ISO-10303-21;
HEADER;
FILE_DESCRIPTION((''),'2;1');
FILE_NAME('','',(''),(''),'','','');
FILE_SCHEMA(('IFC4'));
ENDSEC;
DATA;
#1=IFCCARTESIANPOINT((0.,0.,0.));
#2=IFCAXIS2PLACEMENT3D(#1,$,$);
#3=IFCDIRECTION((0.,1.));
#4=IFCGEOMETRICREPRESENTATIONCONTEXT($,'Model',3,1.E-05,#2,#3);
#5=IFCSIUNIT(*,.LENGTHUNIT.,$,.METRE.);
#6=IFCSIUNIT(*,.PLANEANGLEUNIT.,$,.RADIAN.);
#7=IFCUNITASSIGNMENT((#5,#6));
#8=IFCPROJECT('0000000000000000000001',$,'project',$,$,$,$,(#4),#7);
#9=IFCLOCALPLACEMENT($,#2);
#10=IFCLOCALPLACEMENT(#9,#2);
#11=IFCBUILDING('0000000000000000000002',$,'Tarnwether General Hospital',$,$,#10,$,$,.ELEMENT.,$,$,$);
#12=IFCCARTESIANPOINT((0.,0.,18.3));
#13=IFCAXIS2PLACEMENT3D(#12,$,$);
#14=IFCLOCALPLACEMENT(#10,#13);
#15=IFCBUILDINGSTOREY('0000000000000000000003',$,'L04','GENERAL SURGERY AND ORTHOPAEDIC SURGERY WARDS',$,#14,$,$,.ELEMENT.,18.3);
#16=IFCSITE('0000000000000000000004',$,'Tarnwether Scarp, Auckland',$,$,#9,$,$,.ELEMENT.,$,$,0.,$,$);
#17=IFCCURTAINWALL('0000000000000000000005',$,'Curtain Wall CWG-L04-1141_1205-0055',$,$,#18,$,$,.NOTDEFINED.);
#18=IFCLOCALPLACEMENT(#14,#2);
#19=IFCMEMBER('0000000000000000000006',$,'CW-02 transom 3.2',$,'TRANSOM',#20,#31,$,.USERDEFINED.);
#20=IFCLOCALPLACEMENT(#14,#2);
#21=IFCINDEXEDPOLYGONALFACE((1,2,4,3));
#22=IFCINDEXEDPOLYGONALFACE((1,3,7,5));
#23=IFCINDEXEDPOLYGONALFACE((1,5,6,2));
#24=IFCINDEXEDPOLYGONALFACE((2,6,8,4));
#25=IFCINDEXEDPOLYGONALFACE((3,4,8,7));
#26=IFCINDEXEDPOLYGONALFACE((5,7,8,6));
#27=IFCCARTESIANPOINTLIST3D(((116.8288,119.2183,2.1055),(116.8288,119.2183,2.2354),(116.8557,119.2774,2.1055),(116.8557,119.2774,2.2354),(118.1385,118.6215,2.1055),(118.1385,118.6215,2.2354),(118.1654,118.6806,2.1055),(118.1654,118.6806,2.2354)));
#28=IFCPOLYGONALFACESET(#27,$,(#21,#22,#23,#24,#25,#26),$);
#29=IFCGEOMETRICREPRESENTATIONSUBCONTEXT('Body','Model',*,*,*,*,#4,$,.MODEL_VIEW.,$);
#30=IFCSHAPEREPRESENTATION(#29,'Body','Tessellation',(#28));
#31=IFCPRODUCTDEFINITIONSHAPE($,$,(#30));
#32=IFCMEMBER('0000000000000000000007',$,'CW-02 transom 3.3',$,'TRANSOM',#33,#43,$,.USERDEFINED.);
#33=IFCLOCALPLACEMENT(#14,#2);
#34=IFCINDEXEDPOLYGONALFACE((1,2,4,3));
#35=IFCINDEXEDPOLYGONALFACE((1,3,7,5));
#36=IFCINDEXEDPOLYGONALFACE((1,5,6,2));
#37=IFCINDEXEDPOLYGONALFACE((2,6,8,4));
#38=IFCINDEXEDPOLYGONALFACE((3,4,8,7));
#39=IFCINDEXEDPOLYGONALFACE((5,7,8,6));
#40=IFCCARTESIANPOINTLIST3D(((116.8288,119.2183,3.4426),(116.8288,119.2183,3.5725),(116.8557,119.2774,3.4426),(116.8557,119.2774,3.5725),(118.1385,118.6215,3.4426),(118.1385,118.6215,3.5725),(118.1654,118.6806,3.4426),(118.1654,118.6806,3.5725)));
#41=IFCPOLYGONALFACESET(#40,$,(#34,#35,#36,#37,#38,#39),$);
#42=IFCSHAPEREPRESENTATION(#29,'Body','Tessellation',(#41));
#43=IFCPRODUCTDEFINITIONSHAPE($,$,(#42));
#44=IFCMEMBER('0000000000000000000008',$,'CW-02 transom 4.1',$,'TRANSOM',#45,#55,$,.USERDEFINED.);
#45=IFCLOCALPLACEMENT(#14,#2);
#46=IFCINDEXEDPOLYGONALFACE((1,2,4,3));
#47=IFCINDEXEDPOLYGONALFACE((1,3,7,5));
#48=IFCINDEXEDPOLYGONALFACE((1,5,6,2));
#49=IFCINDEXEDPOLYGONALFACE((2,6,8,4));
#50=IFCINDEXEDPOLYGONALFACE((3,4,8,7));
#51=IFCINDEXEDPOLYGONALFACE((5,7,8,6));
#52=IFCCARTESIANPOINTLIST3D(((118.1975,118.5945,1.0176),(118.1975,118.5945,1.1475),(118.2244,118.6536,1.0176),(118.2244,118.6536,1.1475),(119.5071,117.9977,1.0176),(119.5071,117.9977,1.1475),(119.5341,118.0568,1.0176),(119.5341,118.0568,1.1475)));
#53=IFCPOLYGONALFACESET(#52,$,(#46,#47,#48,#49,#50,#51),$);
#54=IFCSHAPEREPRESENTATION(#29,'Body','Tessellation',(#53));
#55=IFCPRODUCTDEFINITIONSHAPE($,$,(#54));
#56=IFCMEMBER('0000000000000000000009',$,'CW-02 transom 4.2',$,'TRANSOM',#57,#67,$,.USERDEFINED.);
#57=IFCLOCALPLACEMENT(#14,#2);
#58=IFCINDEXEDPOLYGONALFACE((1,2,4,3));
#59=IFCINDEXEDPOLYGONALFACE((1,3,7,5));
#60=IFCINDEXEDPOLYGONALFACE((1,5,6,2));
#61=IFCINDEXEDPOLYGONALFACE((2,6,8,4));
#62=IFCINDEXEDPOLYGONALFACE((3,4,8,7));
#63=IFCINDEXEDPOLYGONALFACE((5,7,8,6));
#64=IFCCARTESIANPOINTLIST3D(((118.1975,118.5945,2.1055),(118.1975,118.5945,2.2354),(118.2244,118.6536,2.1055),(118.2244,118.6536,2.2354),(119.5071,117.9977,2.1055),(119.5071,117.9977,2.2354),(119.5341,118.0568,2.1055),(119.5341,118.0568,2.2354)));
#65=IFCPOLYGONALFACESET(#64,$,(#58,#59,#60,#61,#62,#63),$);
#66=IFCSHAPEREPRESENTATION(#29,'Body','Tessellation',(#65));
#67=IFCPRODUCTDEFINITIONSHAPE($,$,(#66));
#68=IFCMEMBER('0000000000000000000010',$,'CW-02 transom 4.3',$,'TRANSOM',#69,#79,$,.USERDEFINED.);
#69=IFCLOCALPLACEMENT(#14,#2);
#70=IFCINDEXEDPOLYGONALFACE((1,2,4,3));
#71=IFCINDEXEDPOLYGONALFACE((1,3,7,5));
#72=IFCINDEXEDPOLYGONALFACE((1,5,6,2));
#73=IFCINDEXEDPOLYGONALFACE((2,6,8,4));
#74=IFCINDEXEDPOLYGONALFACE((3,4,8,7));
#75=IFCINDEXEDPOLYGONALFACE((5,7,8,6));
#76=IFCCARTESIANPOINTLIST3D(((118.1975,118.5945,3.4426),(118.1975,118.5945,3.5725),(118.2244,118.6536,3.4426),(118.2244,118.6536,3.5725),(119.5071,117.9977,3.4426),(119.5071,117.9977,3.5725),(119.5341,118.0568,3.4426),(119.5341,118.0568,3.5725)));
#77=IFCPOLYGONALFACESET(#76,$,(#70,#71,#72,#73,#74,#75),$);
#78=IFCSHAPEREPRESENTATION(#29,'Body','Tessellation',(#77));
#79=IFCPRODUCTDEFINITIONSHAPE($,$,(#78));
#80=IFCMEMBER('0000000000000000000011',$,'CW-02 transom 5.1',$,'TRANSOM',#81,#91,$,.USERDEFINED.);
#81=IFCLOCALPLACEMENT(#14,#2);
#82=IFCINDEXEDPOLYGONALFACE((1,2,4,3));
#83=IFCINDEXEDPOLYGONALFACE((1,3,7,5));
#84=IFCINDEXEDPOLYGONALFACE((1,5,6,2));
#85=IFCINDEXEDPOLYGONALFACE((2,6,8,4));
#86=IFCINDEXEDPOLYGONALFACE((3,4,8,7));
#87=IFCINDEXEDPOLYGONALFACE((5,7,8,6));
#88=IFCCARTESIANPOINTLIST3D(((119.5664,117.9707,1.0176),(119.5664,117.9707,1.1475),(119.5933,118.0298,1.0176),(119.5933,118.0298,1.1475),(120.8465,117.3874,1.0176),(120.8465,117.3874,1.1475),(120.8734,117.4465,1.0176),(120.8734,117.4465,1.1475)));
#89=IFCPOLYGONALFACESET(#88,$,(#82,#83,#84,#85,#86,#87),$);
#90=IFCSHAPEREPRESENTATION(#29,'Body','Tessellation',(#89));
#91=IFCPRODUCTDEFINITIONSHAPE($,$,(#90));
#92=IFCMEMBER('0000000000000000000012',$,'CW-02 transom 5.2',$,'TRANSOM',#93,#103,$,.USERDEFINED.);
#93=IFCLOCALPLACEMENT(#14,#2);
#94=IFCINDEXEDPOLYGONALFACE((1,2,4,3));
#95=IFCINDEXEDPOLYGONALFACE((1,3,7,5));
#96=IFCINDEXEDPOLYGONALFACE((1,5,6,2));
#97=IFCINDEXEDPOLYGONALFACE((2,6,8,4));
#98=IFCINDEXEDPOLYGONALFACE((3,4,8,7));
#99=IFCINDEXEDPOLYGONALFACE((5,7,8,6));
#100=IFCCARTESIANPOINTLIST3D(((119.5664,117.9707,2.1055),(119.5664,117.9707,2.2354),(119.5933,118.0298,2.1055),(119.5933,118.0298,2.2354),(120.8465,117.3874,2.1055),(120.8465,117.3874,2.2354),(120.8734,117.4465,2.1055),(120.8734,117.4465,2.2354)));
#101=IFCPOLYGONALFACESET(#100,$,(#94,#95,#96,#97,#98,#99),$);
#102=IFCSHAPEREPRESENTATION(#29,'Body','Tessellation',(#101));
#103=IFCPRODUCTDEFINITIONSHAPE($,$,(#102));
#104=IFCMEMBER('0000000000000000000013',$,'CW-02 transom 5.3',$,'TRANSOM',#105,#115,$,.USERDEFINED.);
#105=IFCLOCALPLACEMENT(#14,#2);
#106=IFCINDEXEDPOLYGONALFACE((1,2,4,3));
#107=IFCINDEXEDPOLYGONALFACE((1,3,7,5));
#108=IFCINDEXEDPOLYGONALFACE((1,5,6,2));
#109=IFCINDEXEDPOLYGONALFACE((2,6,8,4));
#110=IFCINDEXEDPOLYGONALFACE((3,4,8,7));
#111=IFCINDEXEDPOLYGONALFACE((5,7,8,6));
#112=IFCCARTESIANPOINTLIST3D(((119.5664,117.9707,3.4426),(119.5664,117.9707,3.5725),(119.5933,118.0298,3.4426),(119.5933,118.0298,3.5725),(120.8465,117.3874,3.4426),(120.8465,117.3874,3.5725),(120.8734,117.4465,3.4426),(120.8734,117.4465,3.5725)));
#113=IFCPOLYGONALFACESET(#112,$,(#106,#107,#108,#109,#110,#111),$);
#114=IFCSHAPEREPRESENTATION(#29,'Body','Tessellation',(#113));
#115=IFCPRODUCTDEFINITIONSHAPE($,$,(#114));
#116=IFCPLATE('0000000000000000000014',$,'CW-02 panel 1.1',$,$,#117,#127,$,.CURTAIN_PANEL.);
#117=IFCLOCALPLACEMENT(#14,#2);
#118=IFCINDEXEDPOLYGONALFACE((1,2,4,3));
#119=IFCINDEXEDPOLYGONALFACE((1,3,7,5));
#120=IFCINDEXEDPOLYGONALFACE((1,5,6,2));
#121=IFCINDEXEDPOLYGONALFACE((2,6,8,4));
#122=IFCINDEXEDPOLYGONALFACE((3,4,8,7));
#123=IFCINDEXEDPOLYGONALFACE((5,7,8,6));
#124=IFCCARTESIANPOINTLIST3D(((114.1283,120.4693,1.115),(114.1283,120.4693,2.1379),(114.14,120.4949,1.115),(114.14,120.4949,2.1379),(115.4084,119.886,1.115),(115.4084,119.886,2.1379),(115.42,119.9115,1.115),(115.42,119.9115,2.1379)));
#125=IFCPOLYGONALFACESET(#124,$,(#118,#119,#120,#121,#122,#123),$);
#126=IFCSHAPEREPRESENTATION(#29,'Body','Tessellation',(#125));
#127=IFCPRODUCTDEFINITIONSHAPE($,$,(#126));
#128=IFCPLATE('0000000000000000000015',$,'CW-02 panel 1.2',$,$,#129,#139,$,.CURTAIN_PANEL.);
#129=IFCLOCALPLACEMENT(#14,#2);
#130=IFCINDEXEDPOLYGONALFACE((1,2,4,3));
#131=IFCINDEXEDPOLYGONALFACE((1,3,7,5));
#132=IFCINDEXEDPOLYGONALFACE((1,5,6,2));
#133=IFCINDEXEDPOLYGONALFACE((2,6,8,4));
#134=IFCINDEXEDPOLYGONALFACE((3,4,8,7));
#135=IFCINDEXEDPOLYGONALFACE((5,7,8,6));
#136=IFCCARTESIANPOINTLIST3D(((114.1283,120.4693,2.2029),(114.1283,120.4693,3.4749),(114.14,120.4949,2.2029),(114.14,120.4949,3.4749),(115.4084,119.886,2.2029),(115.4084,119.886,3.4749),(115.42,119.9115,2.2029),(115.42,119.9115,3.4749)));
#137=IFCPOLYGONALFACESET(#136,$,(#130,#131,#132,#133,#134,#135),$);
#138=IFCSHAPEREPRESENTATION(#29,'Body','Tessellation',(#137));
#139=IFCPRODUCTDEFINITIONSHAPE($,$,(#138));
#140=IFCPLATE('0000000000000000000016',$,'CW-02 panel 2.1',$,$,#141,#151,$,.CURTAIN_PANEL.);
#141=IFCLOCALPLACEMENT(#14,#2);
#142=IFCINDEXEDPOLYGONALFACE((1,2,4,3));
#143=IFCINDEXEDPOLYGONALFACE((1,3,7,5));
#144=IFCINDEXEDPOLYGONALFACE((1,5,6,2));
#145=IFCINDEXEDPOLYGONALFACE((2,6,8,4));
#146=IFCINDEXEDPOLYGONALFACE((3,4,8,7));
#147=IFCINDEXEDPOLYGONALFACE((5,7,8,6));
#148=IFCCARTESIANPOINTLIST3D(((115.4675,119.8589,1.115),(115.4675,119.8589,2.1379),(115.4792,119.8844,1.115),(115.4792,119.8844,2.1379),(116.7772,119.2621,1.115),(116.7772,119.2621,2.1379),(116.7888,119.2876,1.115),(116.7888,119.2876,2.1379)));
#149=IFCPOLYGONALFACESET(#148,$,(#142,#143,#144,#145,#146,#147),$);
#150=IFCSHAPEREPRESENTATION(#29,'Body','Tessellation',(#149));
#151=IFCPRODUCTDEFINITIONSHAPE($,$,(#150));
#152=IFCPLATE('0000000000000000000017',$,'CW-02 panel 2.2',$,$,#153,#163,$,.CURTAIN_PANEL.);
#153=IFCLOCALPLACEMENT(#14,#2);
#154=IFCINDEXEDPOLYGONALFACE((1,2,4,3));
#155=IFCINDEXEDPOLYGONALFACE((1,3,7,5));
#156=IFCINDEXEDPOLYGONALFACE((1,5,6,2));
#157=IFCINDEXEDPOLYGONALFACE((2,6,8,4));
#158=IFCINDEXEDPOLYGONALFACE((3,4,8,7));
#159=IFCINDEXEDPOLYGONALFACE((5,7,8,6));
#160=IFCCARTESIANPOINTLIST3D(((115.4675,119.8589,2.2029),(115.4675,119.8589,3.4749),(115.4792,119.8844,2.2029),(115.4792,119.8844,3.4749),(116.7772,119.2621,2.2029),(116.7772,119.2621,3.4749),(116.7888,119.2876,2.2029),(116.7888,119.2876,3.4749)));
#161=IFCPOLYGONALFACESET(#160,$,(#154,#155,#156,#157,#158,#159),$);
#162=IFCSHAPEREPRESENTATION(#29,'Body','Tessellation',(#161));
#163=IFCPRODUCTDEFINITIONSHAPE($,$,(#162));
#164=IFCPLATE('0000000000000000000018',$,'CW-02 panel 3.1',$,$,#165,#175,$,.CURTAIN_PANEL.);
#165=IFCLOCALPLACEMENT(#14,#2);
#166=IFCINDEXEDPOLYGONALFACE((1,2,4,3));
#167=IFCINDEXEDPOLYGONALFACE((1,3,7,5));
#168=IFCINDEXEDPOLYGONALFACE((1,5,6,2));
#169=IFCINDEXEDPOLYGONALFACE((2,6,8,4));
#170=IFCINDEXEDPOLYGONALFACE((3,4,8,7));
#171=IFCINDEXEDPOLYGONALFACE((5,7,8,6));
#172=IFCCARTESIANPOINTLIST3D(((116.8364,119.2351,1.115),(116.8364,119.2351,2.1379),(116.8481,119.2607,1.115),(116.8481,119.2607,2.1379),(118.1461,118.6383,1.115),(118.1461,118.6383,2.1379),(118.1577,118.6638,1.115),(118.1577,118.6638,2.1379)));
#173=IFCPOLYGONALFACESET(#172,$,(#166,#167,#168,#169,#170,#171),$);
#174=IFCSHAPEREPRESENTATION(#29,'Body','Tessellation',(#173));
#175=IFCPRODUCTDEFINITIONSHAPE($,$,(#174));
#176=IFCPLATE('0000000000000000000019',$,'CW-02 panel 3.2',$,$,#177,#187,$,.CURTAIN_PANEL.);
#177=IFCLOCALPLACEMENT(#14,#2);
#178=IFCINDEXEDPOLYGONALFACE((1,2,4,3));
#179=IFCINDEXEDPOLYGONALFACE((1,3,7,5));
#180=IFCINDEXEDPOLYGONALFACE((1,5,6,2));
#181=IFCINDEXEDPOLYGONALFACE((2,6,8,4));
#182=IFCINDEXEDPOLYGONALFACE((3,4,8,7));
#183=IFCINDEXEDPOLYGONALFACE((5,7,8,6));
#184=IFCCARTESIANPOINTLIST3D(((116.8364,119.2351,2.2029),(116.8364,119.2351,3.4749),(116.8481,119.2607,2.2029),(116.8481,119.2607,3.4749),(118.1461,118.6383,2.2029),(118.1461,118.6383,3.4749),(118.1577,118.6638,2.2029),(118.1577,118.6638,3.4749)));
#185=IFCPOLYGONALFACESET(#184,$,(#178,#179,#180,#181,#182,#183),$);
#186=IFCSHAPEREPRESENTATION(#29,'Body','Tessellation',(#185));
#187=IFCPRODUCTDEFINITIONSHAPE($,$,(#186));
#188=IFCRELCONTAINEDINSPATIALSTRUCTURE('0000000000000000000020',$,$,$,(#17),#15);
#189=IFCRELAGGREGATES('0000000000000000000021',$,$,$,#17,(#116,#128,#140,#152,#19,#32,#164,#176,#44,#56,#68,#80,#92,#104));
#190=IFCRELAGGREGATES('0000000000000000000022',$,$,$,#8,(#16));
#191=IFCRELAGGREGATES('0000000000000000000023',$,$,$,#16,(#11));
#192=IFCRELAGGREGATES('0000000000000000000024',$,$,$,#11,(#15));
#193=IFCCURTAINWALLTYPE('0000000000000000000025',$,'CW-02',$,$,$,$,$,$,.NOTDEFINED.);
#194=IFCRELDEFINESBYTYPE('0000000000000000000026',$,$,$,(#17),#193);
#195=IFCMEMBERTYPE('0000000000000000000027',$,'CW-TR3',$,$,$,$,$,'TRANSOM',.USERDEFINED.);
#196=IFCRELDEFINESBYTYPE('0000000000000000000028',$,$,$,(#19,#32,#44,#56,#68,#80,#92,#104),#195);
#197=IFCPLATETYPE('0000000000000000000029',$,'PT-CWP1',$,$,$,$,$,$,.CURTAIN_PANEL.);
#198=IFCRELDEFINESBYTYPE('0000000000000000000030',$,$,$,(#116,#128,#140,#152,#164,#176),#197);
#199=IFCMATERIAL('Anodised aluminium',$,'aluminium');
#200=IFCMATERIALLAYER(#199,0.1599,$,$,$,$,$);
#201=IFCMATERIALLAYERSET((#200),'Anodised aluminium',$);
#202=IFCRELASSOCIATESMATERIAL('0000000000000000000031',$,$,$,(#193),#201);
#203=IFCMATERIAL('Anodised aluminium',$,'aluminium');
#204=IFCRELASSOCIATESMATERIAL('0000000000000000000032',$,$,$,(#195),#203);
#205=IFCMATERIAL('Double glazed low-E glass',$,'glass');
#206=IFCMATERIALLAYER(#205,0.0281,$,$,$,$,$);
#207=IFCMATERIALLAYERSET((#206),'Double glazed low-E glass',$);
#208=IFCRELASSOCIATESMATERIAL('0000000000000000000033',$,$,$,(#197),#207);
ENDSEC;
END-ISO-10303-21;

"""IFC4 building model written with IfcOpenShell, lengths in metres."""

from ifc_helpers import new_model, si_unit, direction, frame, origin, origin_2d, place, context, subcontext, project, spatial, rectangle, extrude, material, layer, layer_set, material_profile, profile_set, type_object, element, aggregate, save


model = new_model("IFC4")

# Units and contexts
model_context = context("Model", 3, precision=1e-05, world=origin(), true_north=direction((0.0, 1.0)))
body_context = subcontext(model_context, "Body", "Model", "MODEL_VIEW")
ifc_project = project(units=[si_unit("LENGTHUNIT", "METRE"), si_unit("PLANEANGLEUNIT", "RADIAN")], contexts=[model_context])

# Site, building, storey
site_placement = place(None, origin())
site = spatial("IfcSite", under=ifc_project, at=site_placement, Name="Tarnwether Scarp, Auckland", CompositionType="ELEMENT", RefElevation=0.0)
building_placement = place(site_placement, origin())
building = spatial("IfcBuilding", under=site, at=building_placement, Name="Tarnwether General Hospital", CompositionType="ELEMENT")
storey_placement = place(building_placement, frame((0.0, 0.0, 18.3)))
storey = spatial("IfcBuildingStorey", under=building, at=storey_placement, Name="L04", Description="GENERAL SURGERY AND ORTHOPAEDIC SURGERY WARDS", CompositionType="ELEMENT", Elevation=18.3)

# Shared definitions
ifc_material_1 = material(Name="Anodised aluminium", Category="aluminium")
ifc_layer_1 = layer(ifc_material_1, 0.1599)
ifc_layer_set_1 = layer_set([ifc_layer_1], Name="Anodised aluminium")
curtain_wall_type = type_object("IfcCurtainWallType", Name="CW-02", PredefinedType="NOTDEFINED", material=ifc_layer_set_1)

# Curtain wall, members, plates
curtain_wall_1_placement = place(storey_placement, origin())
curtain_wall_1 = element("IfcCurtainWall", 1, at=curtain_wall_1_placement, inside=storey, type_object=curtain_wall_type, Name="Curtain Wall CWG-L04-1141_1205-0055", PredefinedType="NOTDEFINED")
ifc_material_2 = material(Name="Anodised aluminium", Category="aluminium")
ifc_material_profile_1 = material_profile(ifc_material_2, rectangle(XDim=0.0649, YDim=0.1299, at=origin_2d()), Name="ALU-TRN-65x130")
ifc_profile_set_1 = profile_set([ifc_material_profile_1], Name="Anodised aluminium")
member_type_1 = type_object("IfcMemberType", Name="CW-TR3", ElementType="TRANSOM", PredefinedType="USERDEFINED", material=ifc_profile_set_1)
member_1_placement = place(storey_placement, frame((116.8423, 119.2478, 2.1704), z_axis=(0.909994, -0.414621, 0.0), x_axis=(0.414621, 0.909994, 0.0)))
member_1 = element("IfcMember", 2, at=member_1_placement, type_object=member_type_1, Name="CW-02 transom 3.2", ObjectType="TRANSOM", PredefinedType="USERDEFINED", context=body_context, shape_type="SweptSolid", body=[
    extrude(rectangle(XDim=0.0649, YDim=0.1299, at=origin_2d()), origin(), (0.0, 0.0, 1.0), 1.4392),
])
member_2_placement = place(storey_placement, frame((116.8423, 119.2478, 3.5076), z_axis=(0.909994, -0.414621, 0.0), x_axis=(0.414621, 0.909994, 0.0)))
member_2 = element("IfcMember", 3, at=member_2_placement, type_object=member_type_1, Name="CW-02 transom 3.3", ObjectType="TRANSOM", PredefinedType="USERDEFINED", context=body_context, shape_type="SweptSolid", body=[
    extrude(rectangle(XDim=0.0649, YDim=0.1299, at=origin_2d()), origin(), (0.0, 0.0, 1.0), 1.4392),
])
member_3_placement = place(storey_placement, frame((118.2109, 118.624, 1.0825), z_axis=(0.909994, -0.414621, 0.0), x_axis=(0.414621, 0.909994, 0.0)))
member_3 = element("IfcMember", 4, at=member_3_placement, type_object=member_type_1, Name="CW-02 transom 4.1", ObjectType="TRANSOM", PredefinedType="USERDEFINED", context=body_context, shape_type="SweptSolid", body=[
    extrude(rectangle(XDim=0.0649, YDim=0.1299, at=origin_2d()), origin(), (0.0, 0.0, 1.0), 1.4392),
])
member_4_placement = place(storey_placement, frame((118.2109, 118.624, 2.1704), z_axis=(0.909994, -0.414621, 0.0), x_axis=(0.414621, 0.909994, 0.0)))
member_4 = element("IfcMember", 5, at=member_4_placement, type_object=member_type_1, Name="CW-02 transom 4.2", ObjectType="TRANSOM", PredefinedType="USERDEFINED", context=body_context, shape_type="SweptSolid", body=[
    extrude(rectangle(XDim=0.0649, YDim=0.1299, at=origin_2d()), origin(), (0.0, 0.0, 1.0), 1.4392),
])
member_5_placement = place(storey_placement, frame((118.2109, 118.624, 3.5076), z_axis=(0.909994, -0.414621, 0.0), x_axis=(0.414621, 0.909994, 0.0)))
member_5 = element("IfcMember", 6, at=member_5_placement, type_object=member_type_1, Name="CW-02 transom 4.3", ObjectType="TRANSOM", PredefinedType="USERDEFINED", context=body_context, shape_type="SweptSolid", body=[
    extrude(rectangle(XDim=0.0649, YDim=0.1299, at=origin_2d()), origin(), (0.0, 0.0, 1.0), 1.4392),
])
member_6_placement = place(storey_placement, frame((119.5798, 118.0002, 1.0825), z_axis=(0.909986, -0.41464, 0.0), x_axis=(0.41464, 0.909986, 0.0)))
member_6 = element("IfcMember", 7, at=member_6_placement, type_object=member_type_1, Name="CW-02 transom 5.1", ObjectType="TRANSOM", PredefinedType="USERDEFINED", context=body_context, shape_type="SweptSolid", body=[
    extrude(rectangle(XDim=0.0649, YDim=0.1299, at=origin_2d()), origin(), (0.0, 0.0, 1.0), 1.4067),
])
member_7_placement = place(storey_placement, frame((119.5798, 118.0002, 2.1704), z_axis=(0.909986, -0.41464, 0.0), x_axis=(0.41464, 0.909986, 0.0)))
member_7 = element("IfcMember", 8, at=member_7_placement, type_object=member_type_1, Name="CW-02 transom 5.2", ObjectType="TRANSOM", PredefinedType="USERDEFINED", context=body_context, shape_type="SweptSolid", body=[
    extrude(rectangle(XDim=0.0649, YDim=0.1299, at=origin_2d()), origin(), (0.0, 0.0, 1.0), 1.4067),
])
member_8_placement = place(storey_placement, frame((119.5798, 118.0002, 3.5076), z_axis=(0.909986, -0.41464, 0.0), x_axis=(0.41464, 0.909986, 0.0)))
member_8 = element("IfcMember", 9, at=member_8_placement, type_object=member_type_1, Name="CW-02 transom 5.3", ObjectType="TRANSOM", PredefinedType="USERDEFINED", context=body_context, shape_type="SweptSolid", body=[
    extrude(rectangle(XDim=0.0649, YDim=0.1299, at=origin_2d()), origin(), (0.0, 0.0, 1.0), 1.4067),
])
ifc_material_3 = material(Name="Double glazed low-E glass", Category="glass")
ifc_layer_2 = layer(ifc_material_3, 0.0281)
ifc_layer_set_2 = layer_set([ifc_layer_2], Name="Double glazed low-E glass")
plate_type = type_object("IfcPlateType", Name="PT-CWP1", PredefinedType="CURTAIN_PANEL", material=ifc_layer_set_2)
plate_1_placement = place(storey_placement, frame((114.7742, 120.1904, 1.115), z_axis=(0.0, 0.0, 1.0), x_axis=(0.909961, -0.414694, 0.0)))
plate_1 = element("IfcPlate", 10, at=plate_1_placement, type_object=plate_type, Name="CW-02 panel 1.1", PredefinedType="CURTAIN_PANEL", context=body_context, shape_type="SweptSolid", body=[
    extrude(rectangle(XDim=1.4067, YDim=0.0281, at=origin_2d()), origin(), (0.0, 0.0, 1.0), 1.0229),
])
plate_2_placement = place(storey_placement, frame((114.7742, 120.1904, 2.2029), z_axis=(0.0, 0.0, 1.0), x_axis=(0.909961, -0.414694, 0.0)))
plate_2 = element("IfcPlate", 11, at=plate_2_placement, type_object=plate_type, Name="CW-02 panel 1.2", PredefinedType="CURTAIN_PANEL", context=body_context, shape_type="SweptSolid", body=[
    extrude(rectangle(XDim=1.4067, YDim=0.0281, at=origin_2d()), origin(), (0.0, 0.0, 1.0), 1.272),
])
plate_3_placement = place(storey_placement, frame((116.1282, 119.5732, 1.115), z_axis=(0.0, 0.0, 1.0), x_axis=(0.909961, -0.414694, 0.0)))
plate_3 = element("IfcPlate", 12, at=plate_3_placement, type_object=plate_type, Name="CW-02 panel 2.1", PredefinedType="CURTAIN_PANEL", context=body_context, shape_type="SweptSolid", body=[
    extrude(rectangle(XDim=1.4392, YDim=0.0281, at=origin_2d()), origin(), (0.0, 0.0, 1.0), 1.0229),
])
plate_4_placement = place(storey_placement, frame((116.1282, 119.5732, 2.2029), z_axis=(0.0, 0.0, 1.0), x_axis=(0.909961, -0.414694, 0.0)))
plate_4 = element("IfcPlate", 13, at=plate_4_placement, type_object=plate_type, Name="CW-02 panel 2.2", PredefinedType="CURTAIN_PANEL", context=body_context, shape_type="SweptSolid", body=[
    extrude(rectangle(XDim=1.4392, YDim=0.0281, at=origin_2d()), origin(), (0.0, 0.0, 1.0), 1.272),
])
plate_5_placement = place(storey_placement, frame((117.4971, 118.9495, 1.115), z_axis=(0.0, 0.0, 1.0), x_axis=(0.909961, -0.414694, 0.0)))
plate_5 = element("IfcPlate", 14, at=plate_5_placement, type_object=plate_type, Name="CW-02 panel 3.1", PredefinedType="CURTAIN_PANEL", context=body_context, shape_type="SweptSolid", body=[
    extrude(rectangle(XDim=1.4392, YDim=0.0281, at=origin_2d()), origin(), (0.0, 0.0, 1.0), 1.0229),
])
plate_6_placement = place(storey_placement, frame((117.4971, 118.9495, 2.2029), z_axis=(0.0, 0.0, 1.0), x_axis=(0.909961, -0.414694, 0.0)))
plate_6 = element("IfcPlate", 15, at=plate_6_placement, type_object=plate_type, Name="CW-02 panel 3.2", PredefinedType="CURTAIN_PANEL", context=body_context, shape_type="SweptSolid", body=[
    extrude(rectangle(XDim=1.4392, YDim=0.0281, at=origin_2d()), origin(), (0.0, 0.0, 1.0), 1.272),
])
aggregate(curtain_wall_1, [plate_1, plate_2, plate_3, plate_4, member_1, member_2, plate_5, plate_6, member_3, member_4, member_5, member_6, member_7, member_8])

save(model, "model.ifc")
